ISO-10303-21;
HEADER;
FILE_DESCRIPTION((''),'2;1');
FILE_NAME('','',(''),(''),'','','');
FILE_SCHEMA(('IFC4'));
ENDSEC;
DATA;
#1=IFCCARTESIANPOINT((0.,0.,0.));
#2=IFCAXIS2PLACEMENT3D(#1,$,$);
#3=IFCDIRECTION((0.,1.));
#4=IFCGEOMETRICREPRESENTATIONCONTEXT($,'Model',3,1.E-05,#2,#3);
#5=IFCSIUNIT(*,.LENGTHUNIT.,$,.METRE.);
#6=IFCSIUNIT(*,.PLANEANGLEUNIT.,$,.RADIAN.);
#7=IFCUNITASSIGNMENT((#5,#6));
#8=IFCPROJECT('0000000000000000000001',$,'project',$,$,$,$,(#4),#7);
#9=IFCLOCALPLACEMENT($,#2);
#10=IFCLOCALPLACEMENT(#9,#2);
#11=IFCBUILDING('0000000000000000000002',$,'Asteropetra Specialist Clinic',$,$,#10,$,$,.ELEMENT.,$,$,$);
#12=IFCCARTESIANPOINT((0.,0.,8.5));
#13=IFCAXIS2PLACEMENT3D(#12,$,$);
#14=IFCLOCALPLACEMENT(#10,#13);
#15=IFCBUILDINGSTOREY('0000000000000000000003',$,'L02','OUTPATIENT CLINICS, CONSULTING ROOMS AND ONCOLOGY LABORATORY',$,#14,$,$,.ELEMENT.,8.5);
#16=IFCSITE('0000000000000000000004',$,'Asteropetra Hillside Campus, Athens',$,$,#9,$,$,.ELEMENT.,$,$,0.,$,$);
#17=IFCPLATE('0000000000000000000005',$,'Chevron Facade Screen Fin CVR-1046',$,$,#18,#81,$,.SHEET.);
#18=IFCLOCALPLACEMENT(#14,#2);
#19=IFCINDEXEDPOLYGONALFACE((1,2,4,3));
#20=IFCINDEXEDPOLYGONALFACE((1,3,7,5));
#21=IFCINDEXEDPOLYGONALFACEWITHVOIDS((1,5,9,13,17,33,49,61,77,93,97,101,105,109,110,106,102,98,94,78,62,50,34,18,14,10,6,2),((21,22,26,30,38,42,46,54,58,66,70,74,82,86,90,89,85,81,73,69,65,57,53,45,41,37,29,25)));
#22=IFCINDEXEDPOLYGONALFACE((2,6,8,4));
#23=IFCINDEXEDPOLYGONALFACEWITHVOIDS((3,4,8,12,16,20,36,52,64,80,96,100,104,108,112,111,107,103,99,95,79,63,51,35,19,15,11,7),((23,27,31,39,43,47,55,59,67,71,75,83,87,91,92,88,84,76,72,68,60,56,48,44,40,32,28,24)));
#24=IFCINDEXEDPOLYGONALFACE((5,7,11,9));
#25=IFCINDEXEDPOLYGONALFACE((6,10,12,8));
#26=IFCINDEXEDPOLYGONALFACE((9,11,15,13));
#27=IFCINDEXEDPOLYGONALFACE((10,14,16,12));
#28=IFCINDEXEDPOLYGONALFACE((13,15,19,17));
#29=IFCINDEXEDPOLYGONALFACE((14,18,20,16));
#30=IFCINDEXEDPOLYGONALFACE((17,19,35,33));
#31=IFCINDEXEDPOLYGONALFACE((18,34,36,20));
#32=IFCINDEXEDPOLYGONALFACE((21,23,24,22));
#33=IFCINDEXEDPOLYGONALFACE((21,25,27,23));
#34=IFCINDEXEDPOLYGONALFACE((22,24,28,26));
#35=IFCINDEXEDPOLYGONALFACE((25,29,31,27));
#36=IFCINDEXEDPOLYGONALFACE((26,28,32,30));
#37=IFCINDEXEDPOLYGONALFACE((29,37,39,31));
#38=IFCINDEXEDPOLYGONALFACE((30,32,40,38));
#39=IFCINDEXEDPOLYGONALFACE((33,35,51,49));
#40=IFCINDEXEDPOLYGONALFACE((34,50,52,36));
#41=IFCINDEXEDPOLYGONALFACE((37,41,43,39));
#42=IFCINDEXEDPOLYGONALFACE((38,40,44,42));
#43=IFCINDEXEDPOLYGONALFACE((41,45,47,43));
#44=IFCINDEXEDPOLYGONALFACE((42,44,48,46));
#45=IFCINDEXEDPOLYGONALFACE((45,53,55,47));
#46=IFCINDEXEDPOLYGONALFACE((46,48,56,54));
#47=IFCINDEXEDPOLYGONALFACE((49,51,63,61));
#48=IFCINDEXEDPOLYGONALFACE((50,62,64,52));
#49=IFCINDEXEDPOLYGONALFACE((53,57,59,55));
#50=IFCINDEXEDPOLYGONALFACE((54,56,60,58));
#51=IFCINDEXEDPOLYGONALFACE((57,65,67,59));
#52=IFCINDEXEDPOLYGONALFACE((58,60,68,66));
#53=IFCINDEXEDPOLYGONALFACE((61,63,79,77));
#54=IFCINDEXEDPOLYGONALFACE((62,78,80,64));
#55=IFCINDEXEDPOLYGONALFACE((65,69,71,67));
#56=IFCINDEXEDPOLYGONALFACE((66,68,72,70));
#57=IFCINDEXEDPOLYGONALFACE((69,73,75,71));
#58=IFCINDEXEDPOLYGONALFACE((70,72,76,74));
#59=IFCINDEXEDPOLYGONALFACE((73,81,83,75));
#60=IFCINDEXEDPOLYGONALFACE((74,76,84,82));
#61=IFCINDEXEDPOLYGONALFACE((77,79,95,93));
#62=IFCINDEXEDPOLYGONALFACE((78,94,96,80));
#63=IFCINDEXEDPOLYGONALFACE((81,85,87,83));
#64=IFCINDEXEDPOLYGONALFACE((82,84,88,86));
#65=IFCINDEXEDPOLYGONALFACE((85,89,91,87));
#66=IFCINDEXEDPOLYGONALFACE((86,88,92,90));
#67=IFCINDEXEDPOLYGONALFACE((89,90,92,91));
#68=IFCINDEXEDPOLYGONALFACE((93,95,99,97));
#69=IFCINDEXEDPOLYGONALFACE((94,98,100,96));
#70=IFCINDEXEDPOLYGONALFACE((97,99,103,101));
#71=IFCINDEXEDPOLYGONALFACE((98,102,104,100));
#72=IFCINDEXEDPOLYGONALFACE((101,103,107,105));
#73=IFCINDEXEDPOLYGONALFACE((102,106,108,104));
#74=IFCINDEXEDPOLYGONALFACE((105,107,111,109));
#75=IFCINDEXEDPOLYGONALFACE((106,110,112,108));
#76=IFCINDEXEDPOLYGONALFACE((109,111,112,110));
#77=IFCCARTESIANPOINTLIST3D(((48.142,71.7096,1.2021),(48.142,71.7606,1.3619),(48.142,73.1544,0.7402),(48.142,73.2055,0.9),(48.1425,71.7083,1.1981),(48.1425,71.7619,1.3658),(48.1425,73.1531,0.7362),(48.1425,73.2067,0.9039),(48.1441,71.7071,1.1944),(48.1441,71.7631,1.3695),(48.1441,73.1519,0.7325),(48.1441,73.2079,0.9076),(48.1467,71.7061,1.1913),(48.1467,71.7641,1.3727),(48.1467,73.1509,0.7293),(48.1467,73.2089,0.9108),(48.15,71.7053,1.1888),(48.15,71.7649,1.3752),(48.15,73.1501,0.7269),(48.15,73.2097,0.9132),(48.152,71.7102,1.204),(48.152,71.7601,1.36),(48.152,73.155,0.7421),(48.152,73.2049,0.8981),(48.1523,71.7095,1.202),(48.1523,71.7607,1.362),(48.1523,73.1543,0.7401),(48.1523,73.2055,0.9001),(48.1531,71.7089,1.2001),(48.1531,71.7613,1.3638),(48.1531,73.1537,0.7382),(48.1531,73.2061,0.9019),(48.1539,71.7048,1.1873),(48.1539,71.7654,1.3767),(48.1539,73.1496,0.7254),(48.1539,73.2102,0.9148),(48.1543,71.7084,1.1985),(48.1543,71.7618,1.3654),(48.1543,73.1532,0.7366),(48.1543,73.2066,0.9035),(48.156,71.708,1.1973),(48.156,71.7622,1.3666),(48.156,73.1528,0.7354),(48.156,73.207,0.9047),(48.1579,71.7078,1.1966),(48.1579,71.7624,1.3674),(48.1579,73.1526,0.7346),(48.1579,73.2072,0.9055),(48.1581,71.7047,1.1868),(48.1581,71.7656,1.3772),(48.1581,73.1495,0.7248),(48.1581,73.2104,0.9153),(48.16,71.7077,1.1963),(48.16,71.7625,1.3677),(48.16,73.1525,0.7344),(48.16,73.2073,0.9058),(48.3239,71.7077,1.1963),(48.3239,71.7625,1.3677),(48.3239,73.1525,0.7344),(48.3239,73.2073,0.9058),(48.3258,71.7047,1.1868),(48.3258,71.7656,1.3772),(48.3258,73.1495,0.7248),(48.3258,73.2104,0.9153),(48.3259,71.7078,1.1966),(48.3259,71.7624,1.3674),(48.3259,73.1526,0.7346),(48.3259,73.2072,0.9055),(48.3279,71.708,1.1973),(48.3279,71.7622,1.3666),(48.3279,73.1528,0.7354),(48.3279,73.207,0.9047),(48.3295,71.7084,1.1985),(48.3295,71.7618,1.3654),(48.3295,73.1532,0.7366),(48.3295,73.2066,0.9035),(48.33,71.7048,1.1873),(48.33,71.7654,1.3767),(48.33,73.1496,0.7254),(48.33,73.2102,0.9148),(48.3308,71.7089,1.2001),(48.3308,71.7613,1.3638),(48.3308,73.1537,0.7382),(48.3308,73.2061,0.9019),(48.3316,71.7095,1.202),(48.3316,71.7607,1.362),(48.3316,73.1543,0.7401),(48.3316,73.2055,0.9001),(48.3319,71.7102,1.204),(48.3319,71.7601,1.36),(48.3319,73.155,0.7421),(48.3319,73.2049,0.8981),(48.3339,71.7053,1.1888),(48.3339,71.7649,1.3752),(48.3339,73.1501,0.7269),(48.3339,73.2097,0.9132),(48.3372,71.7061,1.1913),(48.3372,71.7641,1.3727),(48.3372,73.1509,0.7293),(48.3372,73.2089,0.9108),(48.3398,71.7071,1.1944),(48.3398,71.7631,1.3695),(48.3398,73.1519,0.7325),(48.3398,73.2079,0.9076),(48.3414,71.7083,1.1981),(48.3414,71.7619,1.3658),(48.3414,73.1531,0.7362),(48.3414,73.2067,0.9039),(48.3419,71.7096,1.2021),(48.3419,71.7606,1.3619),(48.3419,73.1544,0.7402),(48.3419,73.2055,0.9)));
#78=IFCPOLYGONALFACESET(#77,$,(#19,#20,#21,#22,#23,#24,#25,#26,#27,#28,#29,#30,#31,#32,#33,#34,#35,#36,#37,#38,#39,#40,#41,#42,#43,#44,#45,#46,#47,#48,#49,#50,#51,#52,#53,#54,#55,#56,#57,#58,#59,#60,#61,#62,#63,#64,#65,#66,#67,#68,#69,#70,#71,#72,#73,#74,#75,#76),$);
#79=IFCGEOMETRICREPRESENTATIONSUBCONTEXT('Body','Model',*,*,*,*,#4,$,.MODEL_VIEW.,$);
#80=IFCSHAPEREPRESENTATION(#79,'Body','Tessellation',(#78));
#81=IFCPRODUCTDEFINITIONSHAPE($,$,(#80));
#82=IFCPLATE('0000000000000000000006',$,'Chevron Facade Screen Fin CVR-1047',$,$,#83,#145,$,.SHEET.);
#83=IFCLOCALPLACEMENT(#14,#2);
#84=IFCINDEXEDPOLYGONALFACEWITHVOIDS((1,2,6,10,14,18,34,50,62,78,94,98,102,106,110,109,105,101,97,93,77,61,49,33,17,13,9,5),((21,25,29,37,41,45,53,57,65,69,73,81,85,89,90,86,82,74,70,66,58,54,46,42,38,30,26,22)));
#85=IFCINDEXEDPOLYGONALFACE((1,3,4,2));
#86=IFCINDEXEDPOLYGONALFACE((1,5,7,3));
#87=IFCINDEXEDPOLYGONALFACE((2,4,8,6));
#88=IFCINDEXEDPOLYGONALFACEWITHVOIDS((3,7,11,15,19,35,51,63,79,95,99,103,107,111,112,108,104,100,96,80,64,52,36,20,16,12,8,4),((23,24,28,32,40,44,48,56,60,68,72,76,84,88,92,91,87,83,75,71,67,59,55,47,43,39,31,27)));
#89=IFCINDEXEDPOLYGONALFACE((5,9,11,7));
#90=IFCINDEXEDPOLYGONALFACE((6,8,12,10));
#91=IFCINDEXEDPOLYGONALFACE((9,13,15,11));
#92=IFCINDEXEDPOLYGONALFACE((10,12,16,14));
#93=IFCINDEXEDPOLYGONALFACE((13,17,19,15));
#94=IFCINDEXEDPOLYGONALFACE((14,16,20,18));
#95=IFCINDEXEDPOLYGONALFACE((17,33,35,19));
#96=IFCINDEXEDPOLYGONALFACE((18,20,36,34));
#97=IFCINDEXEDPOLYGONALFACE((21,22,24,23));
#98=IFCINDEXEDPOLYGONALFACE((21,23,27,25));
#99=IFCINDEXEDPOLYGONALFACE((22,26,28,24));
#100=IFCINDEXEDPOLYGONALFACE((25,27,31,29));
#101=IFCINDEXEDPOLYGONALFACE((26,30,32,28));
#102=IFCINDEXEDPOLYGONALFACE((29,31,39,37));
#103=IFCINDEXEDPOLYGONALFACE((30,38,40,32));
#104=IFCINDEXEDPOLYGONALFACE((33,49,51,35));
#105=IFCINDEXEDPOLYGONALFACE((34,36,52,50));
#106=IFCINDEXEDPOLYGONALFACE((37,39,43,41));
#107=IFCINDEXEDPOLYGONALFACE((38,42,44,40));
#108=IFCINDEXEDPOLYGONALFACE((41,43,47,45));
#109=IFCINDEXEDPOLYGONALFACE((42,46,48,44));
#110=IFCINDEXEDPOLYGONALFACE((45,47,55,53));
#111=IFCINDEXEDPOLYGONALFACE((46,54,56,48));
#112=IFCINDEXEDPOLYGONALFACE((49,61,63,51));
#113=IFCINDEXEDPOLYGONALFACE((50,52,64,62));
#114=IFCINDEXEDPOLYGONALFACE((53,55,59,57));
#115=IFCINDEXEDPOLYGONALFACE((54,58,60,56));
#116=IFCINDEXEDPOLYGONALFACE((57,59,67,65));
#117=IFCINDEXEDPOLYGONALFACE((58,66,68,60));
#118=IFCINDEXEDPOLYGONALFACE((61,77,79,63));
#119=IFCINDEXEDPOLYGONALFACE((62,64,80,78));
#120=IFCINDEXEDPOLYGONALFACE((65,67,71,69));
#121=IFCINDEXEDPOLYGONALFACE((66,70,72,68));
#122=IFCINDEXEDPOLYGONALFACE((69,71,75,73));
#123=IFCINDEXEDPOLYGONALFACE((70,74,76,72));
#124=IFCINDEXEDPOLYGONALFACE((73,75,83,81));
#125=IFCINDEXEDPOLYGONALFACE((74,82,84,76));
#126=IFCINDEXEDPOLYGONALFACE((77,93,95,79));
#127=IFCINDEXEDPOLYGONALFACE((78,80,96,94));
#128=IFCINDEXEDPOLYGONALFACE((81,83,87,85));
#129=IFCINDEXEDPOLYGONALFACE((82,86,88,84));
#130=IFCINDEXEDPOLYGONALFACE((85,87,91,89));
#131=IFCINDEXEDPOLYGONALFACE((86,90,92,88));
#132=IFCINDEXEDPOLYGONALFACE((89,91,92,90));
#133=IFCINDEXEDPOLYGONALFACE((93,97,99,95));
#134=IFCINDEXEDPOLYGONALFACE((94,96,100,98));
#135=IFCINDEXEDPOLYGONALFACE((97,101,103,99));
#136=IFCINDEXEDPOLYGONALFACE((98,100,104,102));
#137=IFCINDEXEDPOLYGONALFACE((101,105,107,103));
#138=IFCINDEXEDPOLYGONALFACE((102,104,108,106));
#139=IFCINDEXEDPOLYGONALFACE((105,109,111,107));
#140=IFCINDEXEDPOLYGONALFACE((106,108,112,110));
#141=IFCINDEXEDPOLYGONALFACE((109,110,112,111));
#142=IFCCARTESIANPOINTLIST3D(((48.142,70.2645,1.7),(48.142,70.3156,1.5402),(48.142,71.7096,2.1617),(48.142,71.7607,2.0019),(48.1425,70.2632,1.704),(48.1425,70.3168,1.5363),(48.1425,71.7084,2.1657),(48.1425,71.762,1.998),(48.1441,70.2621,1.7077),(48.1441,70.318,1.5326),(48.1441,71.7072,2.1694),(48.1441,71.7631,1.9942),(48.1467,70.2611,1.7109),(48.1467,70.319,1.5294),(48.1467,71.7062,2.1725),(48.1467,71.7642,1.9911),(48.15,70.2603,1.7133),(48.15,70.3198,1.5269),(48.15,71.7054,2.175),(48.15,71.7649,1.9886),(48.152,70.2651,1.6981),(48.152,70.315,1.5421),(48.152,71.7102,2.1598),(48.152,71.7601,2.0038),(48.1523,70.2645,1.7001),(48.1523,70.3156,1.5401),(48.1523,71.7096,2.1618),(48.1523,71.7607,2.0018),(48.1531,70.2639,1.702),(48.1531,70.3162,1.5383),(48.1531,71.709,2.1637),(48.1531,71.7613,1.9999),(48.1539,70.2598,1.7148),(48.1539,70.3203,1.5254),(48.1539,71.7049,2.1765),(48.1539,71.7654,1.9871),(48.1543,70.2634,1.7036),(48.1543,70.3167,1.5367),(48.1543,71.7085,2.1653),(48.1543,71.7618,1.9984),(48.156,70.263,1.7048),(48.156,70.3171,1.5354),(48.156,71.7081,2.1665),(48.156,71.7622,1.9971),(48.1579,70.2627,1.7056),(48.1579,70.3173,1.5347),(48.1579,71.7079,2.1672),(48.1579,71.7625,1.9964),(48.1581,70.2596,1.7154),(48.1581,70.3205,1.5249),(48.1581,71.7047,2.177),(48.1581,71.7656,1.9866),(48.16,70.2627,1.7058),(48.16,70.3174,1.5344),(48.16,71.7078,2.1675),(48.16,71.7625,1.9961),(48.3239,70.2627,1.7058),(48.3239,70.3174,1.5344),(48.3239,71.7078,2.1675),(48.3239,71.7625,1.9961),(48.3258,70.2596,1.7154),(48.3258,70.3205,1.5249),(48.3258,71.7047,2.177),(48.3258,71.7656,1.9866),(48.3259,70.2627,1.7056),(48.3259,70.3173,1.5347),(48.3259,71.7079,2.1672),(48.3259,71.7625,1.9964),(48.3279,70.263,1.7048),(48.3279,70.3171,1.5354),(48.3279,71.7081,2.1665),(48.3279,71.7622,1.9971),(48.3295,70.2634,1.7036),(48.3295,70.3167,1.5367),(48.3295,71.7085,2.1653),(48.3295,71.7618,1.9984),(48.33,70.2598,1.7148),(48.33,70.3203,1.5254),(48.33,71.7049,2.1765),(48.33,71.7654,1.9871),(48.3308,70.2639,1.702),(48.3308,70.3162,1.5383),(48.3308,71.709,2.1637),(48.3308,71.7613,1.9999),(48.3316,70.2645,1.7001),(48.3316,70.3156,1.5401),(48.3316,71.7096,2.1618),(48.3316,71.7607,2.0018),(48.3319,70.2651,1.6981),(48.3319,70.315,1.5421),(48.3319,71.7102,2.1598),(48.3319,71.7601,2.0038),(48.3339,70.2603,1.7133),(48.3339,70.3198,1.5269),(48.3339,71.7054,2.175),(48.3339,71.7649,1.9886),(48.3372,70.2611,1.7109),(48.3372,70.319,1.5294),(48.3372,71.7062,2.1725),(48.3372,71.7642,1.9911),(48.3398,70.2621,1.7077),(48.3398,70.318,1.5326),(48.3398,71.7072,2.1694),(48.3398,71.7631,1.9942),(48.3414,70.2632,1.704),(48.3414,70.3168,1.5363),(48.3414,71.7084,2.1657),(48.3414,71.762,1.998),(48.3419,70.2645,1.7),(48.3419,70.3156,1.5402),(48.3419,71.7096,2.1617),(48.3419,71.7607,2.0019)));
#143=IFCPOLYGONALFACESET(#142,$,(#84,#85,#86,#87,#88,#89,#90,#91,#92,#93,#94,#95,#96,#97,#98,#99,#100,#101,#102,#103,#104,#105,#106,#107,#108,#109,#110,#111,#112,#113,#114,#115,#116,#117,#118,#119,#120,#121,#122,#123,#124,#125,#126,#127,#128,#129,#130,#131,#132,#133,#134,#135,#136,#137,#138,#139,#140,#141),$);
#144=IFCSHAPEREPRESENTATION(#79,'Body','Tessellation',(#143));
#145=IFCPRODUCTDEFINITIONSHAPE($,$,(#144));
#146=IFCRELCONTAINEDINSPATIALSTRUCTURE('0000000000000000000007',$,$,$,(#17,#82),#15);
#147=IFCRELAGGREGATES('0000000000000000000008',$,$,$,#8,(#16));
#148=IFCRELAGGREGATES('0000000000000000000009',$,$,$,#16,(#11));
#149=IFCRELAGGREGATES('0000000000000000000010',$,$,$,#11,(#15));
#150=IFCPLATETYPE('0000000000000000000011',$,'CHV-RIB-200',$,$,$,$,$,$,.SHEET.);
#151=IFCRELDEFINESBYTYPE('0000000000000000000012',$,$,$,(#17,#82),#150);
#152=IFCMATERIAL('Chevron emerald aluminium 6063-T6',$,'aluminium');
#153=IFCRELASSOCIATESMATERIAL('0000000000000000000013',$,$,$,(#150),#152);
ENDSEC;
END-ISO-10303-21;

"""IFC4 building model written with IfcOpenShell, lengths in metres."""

from ifc_helpers import new_model, si_unit, direction, frame, origin, origin_2d, place, context, subcontext, project, spatial, hollow_rectangle, extrude, material, material_profile, profile_set, type_object, element, save


model = new_model("IFC4")

# Units and contexts
model_context = context("Model", 3, precision=1e-05, world=origin(), true_north=direction((0.0, 1.0)))
body_context = subcontext(model_context, "Body", "Model", "MODEL_VIEW")
ifc_project = project(units=[si_unit("LENGTHUNIT", "METRE"), si_unit("PLANEANGLEUNIT", "RADIAN")], contexts=[model_context])

# Site, building, storey
site_placement = place(None, origin())
site = spatial("IfcSite", under=ifc_project, at=site_placement, Name="Asteropetra Hillside Campus, Athens", CompositionType="ELEMENT", RefElevation=0.0)
building_placement = place(site_placement, origin())
building = spatial("IfcBuilding", under=site, at=building_placement, Name="Asteropetra Specialist Clinic", CompositionType="ELEMENT")
storey_placement = place(building_placement, frame((0.0, 0.0, 8.5)))
storey = spatial("IfcBuildingStorey", under=building, at=storey_placement, Name="L02", Description="OUTPATIENT CLINICS, CONSULTING ROOMS AND ONCOLOGY LABORATORY", CompositionType="ELEMENT", Elevation=8.5)

# Plates
ifc_material_1 = material(Name="Chevron emerald aluminium 6063-T6", Category="aluminium")
ifc_material_profile_1 = material_profile(ifc_material_1, hollow_rectangle(XDim=0.2, YDim=0.2, WallThickness=0.01, InnerFilletRadius=0.0081, OuterFilletRadius=0.0161, at=origin_2d()), Name="SHS 200x200x10.0")
ifc_profile_set_1 = profile_set([ifc_material_profile_1], Name="Chevron emerald aluminium 6063-T6")
plate_type_1 = type_object("IfcPlateType", Name="CHV-RIB-200", PredefinedType="SHEET", material=ifc_profile_set_1)
plate_1_placement = place(storey_placement, frame((48.2419, 71.7351, 1.282), z_axis=(0.0, 0.952506, -0.304519), x_axis=(-1.0, 0.0, 0.0)))
element("IfcPlate", 1, at=plate_1_placement, inside=storey, type_object=plate_type_1, Name="Chevron Facade Screen Fin CVR-1046", PredefinedType="SHEET", context=body_context, shape_type="SweptSolid", body=[
    extrude(hollow_rectangle(XDim=0.2, YDim=0.2, WallThickness=0.01, InnerFilletRadius=0.0081, OuterFilletRadius=0.0161, at=origin_2d()), origin(), (0.0, 0.0, 1.0), 1.5168),
])
plate_2_placement = place(storey_placement, frame((48.2419, 70.29, 1.6201), z_axis=(0.0, 0.952568, 0.304326), x_axis=(-1.0, 0.0, 0.0)))
element("IfcPlate", 2, at=plate_2_placement, inside=storey, type_object=plate_type_1, Name="Chevron Facade Screen Fin CVR-1047", PredefinedType="SHEET", context=body_context, shape_type="SweptSolid", body=[
    extrude(hollow_rectangle(XDim=0.2, YDim=0.2, WallThickness=0.01, InnerFilletRadius=0.0081, OuterFilletRadius=0.0161, at=origin_2d()), origin(), (0.0, 0.0, 1.0), 1.5171),
])

save(model, "model.ifc")
